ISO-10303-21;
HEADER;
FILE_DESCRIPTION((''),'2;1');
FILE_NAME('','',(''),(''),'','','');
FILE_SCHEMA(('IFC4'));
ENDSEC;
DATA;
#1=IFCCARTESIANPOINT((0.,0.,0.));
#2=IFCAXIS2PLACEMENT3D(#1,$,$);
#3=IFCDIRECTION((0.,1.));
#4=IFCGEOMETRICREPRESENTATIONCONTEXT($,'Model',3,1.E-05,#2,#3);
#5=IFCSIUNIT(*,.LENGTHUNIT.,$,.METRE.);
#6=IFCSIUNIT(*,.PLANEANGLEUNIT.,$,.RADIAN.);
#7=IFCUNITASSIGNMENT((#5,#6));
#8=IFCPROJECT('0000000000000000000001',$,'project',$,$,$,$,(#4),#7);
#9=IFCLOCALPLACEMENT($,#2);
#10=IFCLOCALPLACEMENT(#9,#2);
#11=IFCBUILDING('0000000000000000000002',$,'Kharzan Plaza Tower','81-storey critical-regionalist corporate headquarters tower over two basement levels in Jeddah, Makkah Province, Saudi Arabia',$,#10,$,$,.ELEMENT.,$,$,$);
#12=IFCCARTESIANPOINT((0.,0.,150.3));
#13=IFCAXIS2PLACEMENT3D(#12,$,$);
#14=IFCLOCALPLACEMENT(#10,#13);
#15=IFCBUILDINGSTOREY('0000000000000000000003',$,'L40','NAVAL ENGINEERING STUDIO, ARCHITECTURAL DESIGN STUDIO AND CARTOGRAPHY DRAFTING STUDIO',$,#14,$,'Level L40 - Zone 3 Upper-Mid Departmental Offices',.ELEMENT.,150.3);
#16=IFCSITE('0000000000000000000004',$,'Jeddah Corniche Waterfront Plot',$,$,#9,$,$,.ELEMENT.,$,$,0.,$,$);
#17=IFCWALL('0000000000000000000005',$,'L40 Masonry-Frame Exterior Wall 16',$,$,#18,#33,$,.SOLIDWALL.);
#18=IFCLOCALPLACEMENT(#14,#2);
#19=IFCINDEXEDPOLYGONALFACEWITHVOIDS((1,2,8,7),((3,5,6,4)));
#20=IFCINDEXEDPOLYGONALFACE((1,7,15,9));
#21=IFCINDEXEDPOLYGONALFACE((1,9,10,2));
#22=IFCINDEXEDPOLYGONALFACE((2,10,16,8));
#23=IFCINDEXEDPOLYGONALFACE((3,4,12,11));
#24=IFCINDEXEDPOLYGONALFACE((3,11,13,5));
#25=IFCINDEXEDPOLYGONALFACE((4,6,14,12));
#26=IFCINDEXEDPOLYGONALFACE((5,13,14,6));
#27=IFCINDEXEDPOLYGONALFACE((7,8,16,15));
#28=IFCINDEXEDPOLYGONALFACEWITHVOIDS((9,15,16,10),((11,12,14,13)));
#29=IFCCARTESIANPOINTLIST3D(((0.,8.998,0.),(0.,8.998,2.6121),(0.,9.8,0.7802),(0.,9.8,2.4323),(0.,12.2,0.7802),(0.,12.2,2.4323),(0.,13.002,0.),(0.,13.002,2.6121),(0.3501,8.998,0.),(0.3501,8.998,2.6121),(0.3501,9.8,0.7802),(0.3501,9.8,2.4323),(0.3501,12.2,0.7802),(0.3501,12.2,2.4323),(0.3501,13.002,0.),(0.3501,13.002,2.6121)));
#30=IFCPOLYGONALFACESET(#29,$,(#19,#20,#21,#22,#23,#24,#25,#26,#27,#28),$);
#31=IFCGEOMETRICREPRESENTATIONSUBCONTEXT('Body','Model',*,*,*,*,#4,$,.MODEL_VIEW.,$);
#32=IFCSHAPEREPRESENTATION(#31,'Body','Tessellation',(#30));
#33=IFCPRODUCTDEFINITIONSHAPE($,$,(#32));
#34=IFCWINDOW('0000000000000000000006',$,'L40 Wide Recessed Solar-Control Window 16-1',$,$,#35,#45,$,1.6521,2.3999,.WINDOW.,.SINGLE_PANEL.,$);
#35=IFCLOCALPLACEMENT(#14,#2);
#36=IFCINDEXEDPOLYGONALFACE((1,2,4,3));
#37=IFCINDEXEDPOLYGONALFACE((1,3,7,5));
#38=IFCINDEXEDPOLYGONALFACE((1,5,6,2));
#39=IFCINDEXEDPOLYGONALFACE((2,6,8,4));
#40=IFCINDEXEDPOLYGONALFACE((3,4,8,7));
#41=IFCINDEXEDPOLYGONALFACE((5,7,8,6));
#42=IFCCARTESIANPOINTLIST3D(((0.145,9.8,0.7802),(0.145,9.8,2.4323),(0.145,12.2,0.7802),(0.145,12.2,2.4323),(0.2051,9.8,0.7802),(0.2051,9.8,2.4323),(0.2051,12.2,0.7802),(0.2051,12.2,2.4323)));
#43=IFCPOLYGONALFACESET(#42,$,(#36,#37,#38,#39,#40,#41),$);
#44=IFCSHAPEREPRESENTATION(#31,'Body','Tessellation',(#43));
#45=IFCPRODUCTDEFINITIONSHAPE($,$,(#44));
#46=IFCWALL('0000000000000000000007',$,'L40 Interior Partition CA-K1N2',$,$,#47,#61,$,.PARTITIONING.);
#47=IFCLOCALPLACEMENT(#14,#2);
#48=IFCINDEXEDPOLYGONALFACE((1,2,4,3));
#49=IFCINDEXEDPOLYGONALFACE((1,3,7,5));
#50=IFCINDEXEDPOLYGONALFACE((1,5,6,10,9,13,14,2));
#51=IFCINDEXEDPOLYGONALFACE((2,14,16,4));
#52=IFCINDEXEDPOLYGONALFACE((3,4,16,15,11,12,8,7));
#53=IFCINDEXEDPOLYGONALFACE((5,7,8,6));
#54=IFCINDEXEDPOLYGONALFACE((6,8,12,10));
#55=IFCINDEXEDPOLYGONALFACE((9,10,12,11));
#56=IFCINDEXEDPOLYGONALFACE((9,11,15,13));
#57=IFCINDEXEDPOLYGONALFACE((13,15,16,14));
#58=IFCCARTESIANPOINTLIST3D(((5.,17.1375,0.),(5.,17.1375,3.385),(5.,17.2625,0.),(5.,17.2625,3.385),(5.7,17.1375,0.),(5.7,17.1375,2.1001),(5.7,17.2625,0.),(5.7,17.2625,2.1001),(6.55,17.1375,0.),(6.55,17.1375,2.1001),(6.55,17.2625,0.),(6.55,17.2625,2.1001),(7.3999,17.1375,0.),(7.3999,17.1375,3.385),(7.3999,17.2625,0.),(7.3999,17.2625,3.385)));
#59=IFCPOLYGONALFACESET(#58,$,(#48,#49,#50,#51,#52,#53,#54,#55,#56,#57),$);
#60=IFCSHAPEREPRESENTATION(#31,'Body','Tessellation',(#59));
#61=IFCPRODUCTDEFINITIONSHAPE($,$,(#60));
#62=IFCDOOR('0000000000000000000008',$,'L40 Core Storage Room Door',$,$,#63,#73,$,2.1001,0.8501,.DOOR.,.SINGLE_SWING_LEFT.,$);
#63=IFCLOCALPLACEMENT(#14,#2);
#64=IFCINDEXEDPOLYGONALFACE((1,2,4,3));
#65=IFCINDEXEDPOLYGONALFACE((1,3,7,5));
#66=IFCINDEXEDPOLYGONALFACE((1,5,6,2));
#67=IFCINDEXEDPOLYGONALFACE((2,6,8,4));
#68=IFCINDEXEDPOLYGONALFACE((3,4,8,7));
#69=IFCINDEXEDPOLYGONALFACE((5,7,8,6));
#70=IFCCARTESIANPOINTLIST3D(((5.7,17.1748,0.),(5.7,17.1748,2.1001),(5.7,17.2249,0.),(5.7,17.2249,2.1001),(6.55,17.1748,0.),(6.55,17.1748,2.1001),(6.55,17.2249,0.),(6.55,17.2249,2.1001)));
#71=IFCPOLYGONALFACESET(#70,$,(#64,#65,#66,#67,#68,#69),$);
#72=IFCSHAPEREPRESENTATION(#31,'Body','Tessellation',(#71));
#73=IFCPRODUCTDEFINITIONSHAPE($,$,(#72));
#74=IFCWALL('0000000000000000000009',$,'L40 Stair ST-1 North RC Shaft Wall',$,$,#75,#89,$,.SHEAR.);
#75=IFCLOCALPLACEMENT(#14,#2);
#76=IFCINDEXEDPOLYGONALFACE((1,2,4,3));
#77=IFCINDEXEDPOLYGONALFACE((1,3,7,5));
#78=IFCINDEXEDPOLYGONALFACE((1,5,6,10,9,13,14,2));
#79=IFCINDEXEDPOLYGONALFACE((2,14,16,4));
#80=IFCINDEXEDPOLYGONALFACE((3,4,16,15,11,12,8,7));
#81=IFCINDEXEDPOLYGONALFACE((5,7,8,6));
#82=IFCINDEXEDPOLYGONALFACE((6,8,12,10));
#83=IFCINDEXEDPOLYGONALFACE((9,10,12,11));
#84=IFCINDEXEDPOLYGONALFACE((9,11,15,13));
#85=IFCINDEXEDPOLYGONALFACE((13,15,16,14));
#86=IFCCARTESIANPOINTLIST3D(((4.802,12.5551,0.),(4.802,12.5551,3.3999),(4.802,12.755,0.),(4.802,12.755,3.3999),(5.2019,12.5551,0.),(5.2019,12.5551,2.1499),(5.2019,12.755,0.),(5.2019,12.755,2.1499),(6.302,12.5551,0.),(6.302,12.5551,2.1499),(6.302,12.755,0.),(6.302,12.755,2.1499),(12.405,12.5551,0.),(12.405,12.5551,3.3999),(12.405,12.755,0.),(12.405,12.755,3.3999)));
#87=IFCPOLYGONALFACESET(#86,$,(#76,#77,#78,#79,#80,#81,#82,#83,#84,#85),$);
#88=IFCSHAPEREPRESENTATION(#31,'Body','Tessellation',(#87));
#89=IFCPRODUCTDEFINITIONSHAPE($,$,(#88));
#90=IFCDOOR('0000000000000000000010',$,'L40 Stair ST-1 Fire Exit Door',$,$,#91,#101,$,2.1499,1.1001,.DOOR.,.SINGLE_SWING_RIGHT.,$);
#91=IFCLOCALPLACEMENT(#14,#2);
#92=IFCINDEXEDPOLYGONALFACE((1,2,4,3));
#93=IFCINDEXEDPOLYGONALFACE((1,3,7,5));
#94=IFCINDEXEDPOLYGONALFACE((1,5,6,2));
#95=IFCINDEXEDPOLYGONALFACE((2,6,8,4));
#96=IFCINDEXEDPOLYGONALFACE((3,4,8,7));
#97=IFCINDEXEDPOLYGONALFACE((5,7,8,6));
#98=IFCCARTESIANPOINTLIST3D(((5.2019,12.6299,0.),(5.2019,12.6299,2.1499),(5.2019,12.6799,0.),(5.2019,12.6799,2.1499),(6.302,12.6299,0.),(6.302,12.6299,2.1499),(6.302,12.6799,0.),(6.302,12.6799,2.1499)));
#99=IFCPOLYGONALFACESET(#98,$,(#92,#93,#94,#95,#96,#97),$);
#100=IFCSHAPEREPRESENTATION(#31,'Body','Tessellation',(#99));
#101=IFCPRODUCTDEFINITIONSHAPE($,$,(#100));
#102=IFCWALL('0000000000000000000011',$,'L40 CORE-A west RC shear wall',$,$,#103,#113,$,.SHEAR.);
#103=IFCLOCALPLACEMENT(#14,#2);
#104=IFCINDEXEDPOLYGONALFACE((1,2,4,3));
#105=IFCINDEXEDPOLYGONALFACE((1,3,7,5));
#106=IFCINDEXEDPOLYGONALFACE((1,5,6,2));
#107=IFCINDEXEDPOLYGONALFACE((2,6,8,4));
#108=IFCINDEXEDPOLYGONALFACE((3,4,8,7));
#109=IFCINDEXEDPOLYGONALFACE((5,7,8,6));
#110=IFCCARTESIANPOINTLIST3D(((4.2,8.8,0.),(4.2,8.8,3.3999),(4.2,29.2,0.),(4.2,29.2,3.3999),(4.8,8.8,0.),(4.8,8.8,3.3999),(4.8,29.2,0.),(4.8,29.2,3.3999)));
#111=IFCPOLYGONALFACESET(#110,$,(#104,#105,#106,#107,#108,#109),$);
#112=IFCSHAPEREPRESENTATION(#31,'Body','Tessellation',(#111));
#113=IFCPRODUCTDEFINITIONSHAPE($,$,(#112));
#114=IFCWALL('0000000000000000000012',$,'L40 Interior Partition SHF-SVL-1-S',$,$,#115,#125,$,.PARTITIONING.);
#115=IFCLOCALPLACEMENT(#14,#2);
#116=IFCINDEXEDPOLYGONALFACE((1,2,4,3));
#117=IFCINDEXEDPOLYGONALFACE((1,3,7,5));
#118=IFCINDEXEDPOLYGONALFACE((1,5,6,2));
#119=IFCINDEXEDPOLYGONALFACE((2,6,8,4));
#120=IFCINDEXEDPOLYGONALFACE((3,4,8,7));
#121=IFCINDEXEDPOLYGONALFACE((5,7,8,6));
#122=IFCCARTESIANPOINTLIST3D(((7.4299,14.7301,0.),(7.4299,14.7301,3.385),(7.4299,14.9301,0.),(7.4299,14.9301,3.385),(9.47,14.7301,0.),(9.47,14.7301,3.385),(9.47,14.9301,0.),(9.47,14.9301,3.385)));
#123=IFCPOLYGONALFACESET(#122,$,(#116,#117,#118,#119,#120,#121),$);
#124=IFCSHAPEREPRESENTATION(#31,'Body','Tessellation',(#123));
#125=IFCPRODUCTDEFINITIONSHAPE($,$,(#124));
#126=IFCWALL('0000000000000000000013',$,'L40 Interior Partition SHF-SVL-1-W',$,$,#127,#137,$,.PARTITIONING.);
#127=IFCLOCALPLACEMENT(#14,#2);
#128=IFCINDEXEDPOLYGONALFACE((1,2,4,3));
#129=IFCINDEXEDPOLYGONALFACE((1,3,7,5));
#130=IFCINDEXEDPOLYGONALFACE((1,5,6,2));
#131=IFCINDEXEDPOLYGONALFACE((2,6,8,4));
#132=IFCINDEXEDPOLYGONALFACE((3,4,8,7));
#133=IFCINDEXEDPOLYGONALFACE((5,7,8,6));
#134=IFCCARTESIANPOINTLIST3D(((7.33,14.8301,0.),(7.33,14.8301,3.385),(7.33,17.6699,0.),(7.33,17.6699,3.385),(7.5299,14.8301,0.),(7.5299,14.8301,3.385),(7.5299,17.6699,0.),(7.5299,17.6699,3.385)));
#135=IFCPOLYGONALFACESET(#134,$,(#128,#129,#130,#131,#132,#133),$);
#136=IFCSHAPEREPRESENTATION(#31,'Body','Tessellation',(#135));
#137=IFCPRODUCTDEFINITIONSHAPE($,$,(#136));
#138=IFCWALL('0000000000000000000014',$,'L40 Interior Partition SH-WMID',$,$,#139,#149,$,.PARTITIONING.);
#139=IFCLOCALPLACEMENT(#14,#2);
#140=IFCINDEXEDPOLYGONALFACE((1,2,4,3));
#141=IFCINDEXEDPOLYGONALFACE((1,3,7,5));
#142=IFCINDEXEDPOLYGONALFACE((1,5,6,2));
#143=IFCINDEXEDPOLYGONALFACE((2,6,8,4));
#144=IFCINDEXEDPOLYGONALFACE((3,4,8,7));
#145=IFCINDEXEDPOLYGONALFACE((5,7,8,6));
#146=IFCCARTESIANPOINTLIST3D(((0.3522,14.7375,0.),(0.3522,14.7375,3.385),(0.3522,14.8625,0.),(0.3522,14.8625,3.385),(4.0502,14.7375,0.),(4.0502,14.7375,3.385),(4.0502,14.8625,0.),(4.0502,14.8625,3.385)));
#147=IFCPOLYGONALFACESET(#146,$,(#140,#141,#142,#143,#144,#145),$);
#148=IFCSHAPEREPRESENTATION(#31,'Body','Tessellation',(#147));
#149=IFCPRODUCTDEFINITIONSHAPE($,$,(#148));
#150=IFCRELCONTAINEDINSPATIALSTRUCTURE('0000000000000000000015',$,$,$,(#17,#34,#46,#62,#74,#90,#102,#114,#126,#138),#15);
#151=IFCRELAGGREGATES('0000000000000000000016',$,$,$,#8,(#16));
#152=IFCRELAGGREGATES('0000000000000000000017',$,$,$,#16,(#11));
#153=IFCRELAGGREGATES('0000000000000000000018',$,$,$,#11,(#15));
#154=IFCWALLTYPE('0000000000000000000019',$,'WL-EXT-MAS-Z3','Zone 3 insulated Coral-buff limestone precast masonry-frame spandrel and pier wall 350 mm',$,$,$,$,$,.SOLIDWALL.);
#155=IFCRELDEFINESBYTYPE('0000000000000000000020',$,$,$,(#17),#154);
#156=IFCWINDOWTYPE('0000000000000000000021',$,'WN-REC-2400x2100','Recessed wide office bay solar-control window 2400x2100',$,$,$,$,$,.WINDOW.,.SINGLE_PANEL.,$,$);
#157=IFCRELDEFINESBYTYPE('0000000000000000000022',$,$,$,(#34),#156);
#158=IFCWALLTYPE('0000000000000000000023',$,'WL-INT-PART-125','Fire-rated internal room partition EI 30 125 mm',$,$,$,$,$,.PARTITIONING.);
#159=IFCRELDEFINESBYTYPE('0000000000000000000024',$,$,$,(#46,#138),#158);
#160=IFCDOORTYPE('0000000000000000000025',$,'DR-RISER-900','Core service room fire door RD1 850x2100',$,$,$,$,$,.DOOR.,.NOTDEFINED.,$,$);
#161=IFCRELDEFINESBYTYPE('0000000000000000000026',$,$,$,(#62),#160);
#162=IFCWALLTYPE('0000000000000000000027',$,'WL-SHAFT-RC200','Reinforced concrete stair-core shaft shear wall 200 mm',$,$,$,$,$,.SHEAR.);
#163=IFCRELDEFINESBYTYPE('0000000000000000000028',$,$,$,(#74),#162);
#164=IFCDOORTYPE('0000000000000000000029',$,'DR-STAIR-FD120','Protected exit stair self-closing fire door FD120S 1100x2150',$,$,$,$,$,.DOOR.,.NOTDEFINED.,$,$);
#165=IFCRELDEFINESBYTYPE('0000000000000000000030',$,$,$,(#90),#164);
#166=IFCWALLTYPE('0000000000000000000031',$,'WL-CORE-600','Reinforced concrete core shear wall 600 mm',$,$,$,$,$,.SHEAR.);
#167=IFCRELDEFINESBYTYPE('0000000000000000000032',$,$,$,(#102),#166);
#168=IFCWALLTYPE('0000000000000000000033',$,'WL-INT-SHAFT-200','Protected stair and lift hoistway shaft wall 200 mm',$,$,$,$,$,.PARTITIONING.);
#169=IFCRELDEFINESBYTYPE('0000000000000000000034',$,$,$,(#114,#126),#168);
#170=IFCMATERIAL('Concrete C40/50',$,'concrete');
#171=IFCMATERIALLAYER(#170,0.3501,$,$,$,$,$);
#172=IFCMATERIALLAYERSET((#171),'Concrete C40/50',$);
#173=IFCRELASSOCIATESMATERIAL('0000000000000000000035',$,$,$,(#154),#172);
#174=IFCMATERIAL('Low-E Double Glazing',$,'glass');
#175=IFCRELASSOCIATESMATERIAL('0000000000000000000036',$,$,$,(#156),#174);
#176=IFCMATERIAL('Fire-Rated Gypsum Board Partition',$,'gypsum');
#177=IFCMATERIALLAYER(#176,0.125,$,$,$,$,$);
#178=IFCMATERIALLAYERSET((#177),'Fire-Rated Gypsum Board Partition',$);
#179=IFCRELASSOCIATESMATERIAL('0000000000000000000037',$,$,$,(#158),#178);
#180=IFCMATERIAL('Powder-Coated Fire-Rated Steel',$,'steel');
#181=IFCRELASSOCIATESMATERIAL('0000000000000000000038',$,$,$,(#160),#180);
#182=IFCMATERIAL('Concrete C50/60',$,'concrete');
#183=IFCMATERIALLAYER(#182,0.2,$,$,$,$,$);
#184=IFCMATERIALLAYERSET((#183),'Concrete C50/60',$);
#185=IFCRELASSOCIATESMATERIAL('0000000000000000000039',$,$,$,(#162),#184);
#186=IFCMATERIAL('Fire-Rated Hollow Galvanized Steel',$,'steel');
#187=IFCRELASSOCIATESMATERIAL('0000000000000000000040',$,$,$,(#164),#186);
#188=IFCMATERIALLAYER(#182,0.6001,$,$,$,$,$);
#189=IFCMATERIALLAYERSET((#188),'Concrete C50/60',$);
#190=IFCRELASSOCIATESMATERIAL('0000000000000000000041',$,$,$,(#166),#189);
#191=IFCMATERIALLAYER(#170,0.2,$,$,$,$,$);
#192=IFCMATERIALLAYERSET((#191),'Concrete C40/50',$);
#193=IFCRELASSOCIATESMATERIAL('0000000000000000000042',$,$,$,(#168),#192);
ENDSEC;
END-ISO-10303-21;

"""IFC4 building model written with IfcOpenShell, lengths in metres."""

from ifc_helpers import new_model, si_unit, direction, frame, frame_2d, origin, place, context, subcontext, project, spatial, rectangle, extrude, source, transform, mapped, material, layer, layer_set, type_object, element, fill, save


model = new_model("IFC4")

# Units and contexts
model_context = context("Model", 3, precision=1e-05, world=origin(), true_north=direction((0.0, 1.0)))
body_context = subcontext(model_context, "Body", "Model", "MODEL_VIEW")
ifc_project = project(units=[si_unit("LENGTHUNIT", "METRE"), si_unit("PLANEANGLEUNIT", "RADIAN")], contexts=[model_context])

# Site, building, storey
site_placement = place(None, origin())
site = spatial("IfcSite", under=ifc_project, at=site_placement, Name="Jeddah Corniche Waterfront Plot", CompositionType="ELEMENT", RefElevation=0.0)
building_placement = place(site_placement, origin())
building = spatial("IfcBuilding", under=site, at=building_placement, Name="Kharzan Plaza Tower", Description="81-storey critical-regionalist corporate headquarters tower over two basement levels in Jeddah, Makkah Province, Saudi Arabia", CompositionType="ELEMENT")
storey_placement = place(building_placement, frame((0.0, 0.0, 150.3)))
storey = spatial("IfcBuildingStorey", under=building, at=storey_placement, Name="L40", Description="NAVAL ENGINEERING STUDIO, ARCHITECTURAL DESIGN STUDIO AND CARTOGRAPHY DRAFTING STUDIO", LongName="Level L40 - Zone 3 Upper-Mid Departmental Offices", CompositionType="ELEMENT", Elevation=150.3)

# Shared definitions
ifc_material_1 = material(Name="Concrete C50/60", Category="concrete")

# Wall, opening, window
ifc_material_2 = material(Name="Concrete C40/50", Category="concrete")
ifc_layer_1 = layer(ifc_material_2, 0.3501)
ifc_layer_set_1 = layer_set([ifc_layer_1], Name="Concrete C40/50")
wall_type_1 = type_object("IfcWallType", Name="WL-EXT-MAS-Z3", Description="Zone 3 insulated Coral-buff limestone precast masonry-frame spandrel and pier wall 350 mm", PredefinedType="SOLIDWALL", material=ifc_layer_set_1)
ifc_material_3 = material(Name="Low-E Double Glazing", Category="glass")
wall_1_placement = place(storey_placement, frame((0.175, 13.002, 0.0), z_axis=(0.0, 0.0, 1.0), x_axis=(0.0, -1.0, 0.0)))
wall_1 = element("IfcWall", 1, at=wall_1_placement, inside=storey, type_object=wall_type_1, Name="L40 Masonry-Frame Exterior Wall 16", PredefinedType="SOLIDWALL", context=body_context, shape_type="SweptSolid", body=[
    extrude(rectangle(XDim=4.0039, YDim=0.3501, at=frame_2d((2.002, 0.0))), origin(), (0.0, 0.0, 1.0), 2.6121),
])
opening_1_placement = place(wall_1_placement, frame((0.802, 0.0, 0.78)))
opening_1 = element("IfcOpeningElement", 2, at=opening_1_placement, cuts=wall_1, PredefinedType="OPENING", context=body_context, shape_type="SweptSolid", body=[
    extrude(rectangle(XDim=2.3999, YDim=1.6521, at=frame_2d((1.2, 0.8262))), frame((0.0, 0.1851, 0.0), z_axis=(0.0, -1.0, 0.0), x_axis=(1.0, 0.0, 0.0)), (0.0, 0.0, 1.0), 0.3701),
])
window_type_1 = type_object("IfcWindowType", Name="WN-REC-2400x2100", Description="Recessed wide office bay solar-control window 2400x2100", PartitioningType="SINGLE_PANEL", PredefinedType="WINDOW", material=ifc_material_3)
shared_shape_1 = source(origin(), body_context, "Body", "SweptSolid", [
    extrude(rectangle(XDim=2.3999, YDim=1.6521, at=frame_2d((1.2, 0.8262))), frame((0.0, 0.03, 0.0), z_axis=(0.0, -1.0, 0.0), x_axis=(1.0, 0.0, 0.0)), (0.0, 0.0, 1.0), 0.0601),
])
window_1_placement = place(opening_1_placement, origin())
window_1 = element("IfcWindow", 3, at=window_1_placement, inside=storey, type_object=window_type_1, Name="L40 Wide Recessed Solar-Control Window 16-1", OverallHeight=1.6521, OverallWidth=2.3999, PartitioningType="SINGLE_PANEL", PredefinedType="WINDOW", context=body_context, shape_type="MappedRepresentation", body=[
    mapped(shared_shape_1, transform((0.0, 0.0, 0.0), x_axis=(1.0, 0.0, 0.0), y_axis=(0.0, 1.0, 0.0), z_axis=(0.0, 0.0, 1.0))),
])
fill(opening_1, window_1)

# Walls, openings, doors
ifc_material_4 = material(Name="Fire-Rated Gypsum Board Partition", Category="gypsum")
ifc_layer_2 = layer(ifc_material_4, 0.125)
ifc_layer_set_2 = layer_set([ifc_layer_2], Name="Fire-Rated Gypsum Board Partition")
wall_type_2 = type_object("IfcWallType", Name="WL-INT-PART-125", Description="Fire-rated internal room partition EI 30 125 mm", PredefinedType="PARTITIONING", material=ifc_layer_set_2)
wall_2_placement = place(storey_placement, frame((5.0, 17.2, 0.0), z_axis=(0.0, 0.0, 1.0), x_axis=(1.0, 0.0, 0.0)))
wall_2 = element("IfcWall", 4, at=wall_2_placement, inside=storey, type_object=wall_type_2, Name="L40 Interior Partition CA-K1N2", PredefinedType="PARTITIONING", context=body_context, shape_type="SweptSolid", body=[
    extrude(rectangle(XDim=2.3999, YDim=0.125, at=frame_2d((1.2, 0.0))), origin(), (0.0, 0.0, 1.0), 3.385),
])
opening_2_placement = place(wall_2_placement, frame((0.7, 0.0, 0.0)))
opening_2 = element("IfcOpeningElement", 5, at=opening_2_placement, cuts=wall_2, PredefinedType="OPENING", context=body_context, shape_type="SweptSolid", body=[
    extrude(rectangle(XDim=0.8501, YDim=2.1001, at=frame_2d((0.425, 1.05))), frame((0.0, 0.0725, 0.0), z_axis=(0.0, -1.0, 0.0), x_axis=(1.0, 0.0, 0.0)), (0.0, 0.0, 1.0), 0.145),
])
ifc_material_5 = material(Name="Powder-Coated Fire-Rated Steel", Category="steel")
door_type_1 = type_object("IfcDoorType", Name="DR-RISER-900", Description="Core service room fire door RD1 850x2100", OperationType="NOTDEFINED", PredefinedType="DOOR", material=ifc_material_5)
shared_shape_2 = source(origin(), body_context, "Body", "SweptSolid", [
    extrude(rectangle(XDim=0.8501, YDim=2.1001, at=frame_2d((0.425, 1.05))), frame((0.0, 0.0249, 0.0), z_axis=(0.0, -1.0, 0.0), x_axis=(1.0, 0.0, 0.0)), (0.0, 0.0, 1.0), 0.05),
])
door_1_placement = place(opening_2_placement, origin())
door_1 = element("IfcDoor", 6, at=door_1_placement, inside=storey, type_object=door_type_1, Name="L40 Core Storage Room Door", OperationType="SINGLE_SWING_LEFT", OverallHeight=2.1001, OverallWidth=0.8501, PredefinedType="DOOR", context=body_context, shape_type="MappedRepresentation", body=[
    mapped(shared_shape_2, transform((0.0, 0.0, 0.0), x_axis=(1.0, 0.0, 0.0), y_axis=(0.0, 1.0, 0.0), z_axis=(0.0, 0.0, 1.0))),
])
fill(opening_2, door_1)
ifc_layer_3 = layer(ifc_material_1, 0.2)
ifc_layer_set_3 = layer_set([ifc_layer_3], Name="Concrete C50/60")
wall_type_3 = type_object("IfcWallType", Name="WL-SHAFT-RC200", Description="Reinforced concrete stair-core shaft shear wall 200 mm", PredefinedType="SHEAR", material=ifc_layer_set_3)
wall_3_placement = place(storey_placement, frame((4.802, 12.655, 0.0), z_axis=(0.0, 0.0, 1.0), x_axis=(1.0, 0.0, 0.0)))
wall_3 = element("IfcWall", 7, at=wall_3_placement, inside=storey, type_object=wall_type_3, Name="L40 Stair ST-1 North RC Shaft Wall", PredefinedType="SHEAR", context=body_context, shape_type="SweptSolid", body=[
    extrude(rectangle(XDim=7.603, YDim=0.2, at=frame_2d((3.8015, 0.0))), origin(), (0.0, 0.0, 1.0), 3.3999),
])
opening_3_placement = place(wall_3_placement, frame((0.3999, 0.0, 0.0)))
opening_3 = element("IfcOpeningElement", 8, at=opening_3_placement, cuts=wall_3, PredefinedType="OPENING", context=body_context, shape_type="SweptSolid", body=[
    extrude(rectangle(XDim=1.1001, YDim=2.1499, at=frame_2d((0.55, 1.075))), frame((0.0, 0.1099, 0.0), z_axis=(0.0, -1.0, 0.0), x_axis=(1.0, 0.0, 0.0)), (0.0, 0.0, 1.0), 0.22),
])
ifc_material_6 = material(Name="Fire-Rated Hollow Galvanized Steel", Category="steel")
door_type_2 = type_object("IfcDoorType", Name="DR-STAIR-FD120", Description="Protected exit stair self-closing fire door FD120S 1100x2150", OperationType="NOTDEFINED", PredefinedType="DOOR", material=ifc_material_6)
shared_shape_3 = source(origin(), body_context, "Body", "SweptSolid", [
    extrude(rectangle(XDim=1.1001, YDim=2.1499, at=frame_2d((0.55, 1.075))), frame((0.0, 0.0249, 0.0), z_axis=(0.0, -1.0, 0.0), x_axis=(1.0, 0.0, 0.0)), (0.0, 0.0, 1.0), 0.05),
])
door_2_placement = place(opening_3_placement, origin())
door_2 = element("IfcDoor", 9, at=door_2_placement, inside=storey, type_object=door_type_2, Name="L40 Stair ST-1 Fire Exit Door", OperationType="SINGLE_SWING_RIGHT", OverallHeight=2.1499, OverallWidth=1.1001, PredefinedType="DOOR", context=body_context, shape_type="MappedRepresentation", body=[
    mapped(shared_shape_3, transform((0.0, 0.0, 0.0), x_axis=(1.0, 0.0, 0.0), y_axis=(0.0, 1.0, 0.0), z_axis=(0.0, 0.0, 1.0))),
])
fill(opening_3, door_2)

# Walls
ifc_layer_4 = layer(ifc_material_1, 0.6001)
ifc_layer_set_4 = layer_set([ifc_layer_4], Name="Concrete C50/60")
wall_type_4 = type_object("IfcWallType", Name="WL-CORE-600", Description="Reinforced concrete core shear wall 600 mm", PredefinedType="SHEAR", material=ifc_layer_set_4)
shared_shape_4 = source(origin(), body_context, "Body", "SweptSolid", [
    extrude(rectangle(XDim=20.3999, YDim=0.6001, at=frame_2d((10.2, 0.0))), origin(), (0.0, 0.0, 1.0), 3.3999),
])
wall_4_placement = place(storey_placement, frame((4.5, 8.8, 0.0), z_axis=(0.0, 0.0, 1.0), x_axis=(0.0, 1.0, 0.0)))
element("IfcWall", 10, at=wall_4_placement, inside=storey, type_object=wall_type_4, Name="L40 CORE-A west RC shear wall", PredefinedType="SHEAR", context=body_context, shape_type="MappedRepresentation", body=[
    mapped(shared_shape_4, transform((0.0, 0.0, 0.0), x_axis=(1.0, 0.0, 0.0), y_axis=(0.0, 1.0, 0.0), z_axis=(0.0, 0.0, 1.0))),
])
ifc_layer_5 = layer(ifc_material_2, 0.2)
ifc_layer_set_5 = layer_set([ifc_layer_5], Name="Concrete C40/50")
wall_type_5 = type_object("IfcWallType", Name="WL-INT-SHAFT-200", Description="Protected stair and lift hoistway shaft wall 200 mm", PredefinedType="PARTITIONING", material=ifc_layer_set_5)
shared_shape_5 = source(origin(), body_context, "Body", "SweptSolid", [
    extrude(rectangle(XDim=2.04, YDim=0.2, at=frame_2d((1.02, 0.0))), origin(), (0.0, 0.0, 1.0), 3.385),
])
wall_5_placement = place(storey_placement, frame((7.4299, 14.8301, 0.0), z_axis=(0.0, 0.0, 1.0), x_axis=(1.0, 0.0, 0.0)))
element("IfcWall", 11, at=wall_5_placement, inside=storey, type_object=wall_type_5, Name="L40 Interior Partition SHF-SVL-1-S", PredefinedType="PARTITIONING", context=body_context, shape_type="MappedRepresentation", body=[
    mapped(shared_shape_5, transform((0.0, 0.0, 0.0), x_axis=(1.0, 0.0, 0.0), y_axis=(0.0, 1.0, 0.0), z_axis=(0.0, 0.0, 1.0))),
])
shared_shape_6 = source(origin(), body_context, "Body", "SweptSolid", [
    extrude(rectangle(XDim=2.8398, YDim=0.2, at=frame_2d((1.4199, 0.0))), origin(), (0.0, 0.0, 1.0), 3.385),
])
wall_6_placement = place(storey_placement, frame((7.4299, 14.8301, 0.0), z_axis=(0.0, 0.0, 1.0), x_axis=(0.0, 1.0, 0.0)))
element("IfcWall", 12, at=wall_6_placement, inside=storey, type_object=wall_type_5, Name="L40 Interior Partition SHF-SVL-1-W", PredefinedType="PARTITIONING", context=body_context, shape_type="MappedRepresentation", body=[
    mapped(shared_shape_6, transform((0.0, 0.0, 0.0), x_axis=(1.0, 0.0, 0.0), y_axis=(0.0, 1.0, 0.0), z_axis=(0.0, 0.0, 1.0))),
])
shared_shape_7 = source(origin(), body_context, "Body", "SweptSolid", [
    extrude(rectangle(XDim=3.698, YDim=0.125, at=frame_2d((1.8491, 0.0))), origin(), (0.0, 0.0, 1.0), 3.385),
])
wall_7_placement = place(storey_placement, frame((0.3521, 14.8, 0.0), z_axis=(0.0, 0.0, 1.0), x_axis=(1.0, 0.0, 0.0)))
element("IfcWall", 13, at=wall_7_placement, inside=storey, type_object=wall_type_2, Name="L40 Interior Partition SH-WMID", PredefinedType="PARTITIONING", context=body_context, shape_type="MappedRepresentation", body=[
    mapped(shared_shape_7, transform((0.0, 0.0, 0.0), x_axis=(1.0, 0.0, 0.0), y_axis=(0.0, 1.0, 0.0), z_axis=(0.0, 0.0, 1.0))),
])

save(model, "model.ifc")
